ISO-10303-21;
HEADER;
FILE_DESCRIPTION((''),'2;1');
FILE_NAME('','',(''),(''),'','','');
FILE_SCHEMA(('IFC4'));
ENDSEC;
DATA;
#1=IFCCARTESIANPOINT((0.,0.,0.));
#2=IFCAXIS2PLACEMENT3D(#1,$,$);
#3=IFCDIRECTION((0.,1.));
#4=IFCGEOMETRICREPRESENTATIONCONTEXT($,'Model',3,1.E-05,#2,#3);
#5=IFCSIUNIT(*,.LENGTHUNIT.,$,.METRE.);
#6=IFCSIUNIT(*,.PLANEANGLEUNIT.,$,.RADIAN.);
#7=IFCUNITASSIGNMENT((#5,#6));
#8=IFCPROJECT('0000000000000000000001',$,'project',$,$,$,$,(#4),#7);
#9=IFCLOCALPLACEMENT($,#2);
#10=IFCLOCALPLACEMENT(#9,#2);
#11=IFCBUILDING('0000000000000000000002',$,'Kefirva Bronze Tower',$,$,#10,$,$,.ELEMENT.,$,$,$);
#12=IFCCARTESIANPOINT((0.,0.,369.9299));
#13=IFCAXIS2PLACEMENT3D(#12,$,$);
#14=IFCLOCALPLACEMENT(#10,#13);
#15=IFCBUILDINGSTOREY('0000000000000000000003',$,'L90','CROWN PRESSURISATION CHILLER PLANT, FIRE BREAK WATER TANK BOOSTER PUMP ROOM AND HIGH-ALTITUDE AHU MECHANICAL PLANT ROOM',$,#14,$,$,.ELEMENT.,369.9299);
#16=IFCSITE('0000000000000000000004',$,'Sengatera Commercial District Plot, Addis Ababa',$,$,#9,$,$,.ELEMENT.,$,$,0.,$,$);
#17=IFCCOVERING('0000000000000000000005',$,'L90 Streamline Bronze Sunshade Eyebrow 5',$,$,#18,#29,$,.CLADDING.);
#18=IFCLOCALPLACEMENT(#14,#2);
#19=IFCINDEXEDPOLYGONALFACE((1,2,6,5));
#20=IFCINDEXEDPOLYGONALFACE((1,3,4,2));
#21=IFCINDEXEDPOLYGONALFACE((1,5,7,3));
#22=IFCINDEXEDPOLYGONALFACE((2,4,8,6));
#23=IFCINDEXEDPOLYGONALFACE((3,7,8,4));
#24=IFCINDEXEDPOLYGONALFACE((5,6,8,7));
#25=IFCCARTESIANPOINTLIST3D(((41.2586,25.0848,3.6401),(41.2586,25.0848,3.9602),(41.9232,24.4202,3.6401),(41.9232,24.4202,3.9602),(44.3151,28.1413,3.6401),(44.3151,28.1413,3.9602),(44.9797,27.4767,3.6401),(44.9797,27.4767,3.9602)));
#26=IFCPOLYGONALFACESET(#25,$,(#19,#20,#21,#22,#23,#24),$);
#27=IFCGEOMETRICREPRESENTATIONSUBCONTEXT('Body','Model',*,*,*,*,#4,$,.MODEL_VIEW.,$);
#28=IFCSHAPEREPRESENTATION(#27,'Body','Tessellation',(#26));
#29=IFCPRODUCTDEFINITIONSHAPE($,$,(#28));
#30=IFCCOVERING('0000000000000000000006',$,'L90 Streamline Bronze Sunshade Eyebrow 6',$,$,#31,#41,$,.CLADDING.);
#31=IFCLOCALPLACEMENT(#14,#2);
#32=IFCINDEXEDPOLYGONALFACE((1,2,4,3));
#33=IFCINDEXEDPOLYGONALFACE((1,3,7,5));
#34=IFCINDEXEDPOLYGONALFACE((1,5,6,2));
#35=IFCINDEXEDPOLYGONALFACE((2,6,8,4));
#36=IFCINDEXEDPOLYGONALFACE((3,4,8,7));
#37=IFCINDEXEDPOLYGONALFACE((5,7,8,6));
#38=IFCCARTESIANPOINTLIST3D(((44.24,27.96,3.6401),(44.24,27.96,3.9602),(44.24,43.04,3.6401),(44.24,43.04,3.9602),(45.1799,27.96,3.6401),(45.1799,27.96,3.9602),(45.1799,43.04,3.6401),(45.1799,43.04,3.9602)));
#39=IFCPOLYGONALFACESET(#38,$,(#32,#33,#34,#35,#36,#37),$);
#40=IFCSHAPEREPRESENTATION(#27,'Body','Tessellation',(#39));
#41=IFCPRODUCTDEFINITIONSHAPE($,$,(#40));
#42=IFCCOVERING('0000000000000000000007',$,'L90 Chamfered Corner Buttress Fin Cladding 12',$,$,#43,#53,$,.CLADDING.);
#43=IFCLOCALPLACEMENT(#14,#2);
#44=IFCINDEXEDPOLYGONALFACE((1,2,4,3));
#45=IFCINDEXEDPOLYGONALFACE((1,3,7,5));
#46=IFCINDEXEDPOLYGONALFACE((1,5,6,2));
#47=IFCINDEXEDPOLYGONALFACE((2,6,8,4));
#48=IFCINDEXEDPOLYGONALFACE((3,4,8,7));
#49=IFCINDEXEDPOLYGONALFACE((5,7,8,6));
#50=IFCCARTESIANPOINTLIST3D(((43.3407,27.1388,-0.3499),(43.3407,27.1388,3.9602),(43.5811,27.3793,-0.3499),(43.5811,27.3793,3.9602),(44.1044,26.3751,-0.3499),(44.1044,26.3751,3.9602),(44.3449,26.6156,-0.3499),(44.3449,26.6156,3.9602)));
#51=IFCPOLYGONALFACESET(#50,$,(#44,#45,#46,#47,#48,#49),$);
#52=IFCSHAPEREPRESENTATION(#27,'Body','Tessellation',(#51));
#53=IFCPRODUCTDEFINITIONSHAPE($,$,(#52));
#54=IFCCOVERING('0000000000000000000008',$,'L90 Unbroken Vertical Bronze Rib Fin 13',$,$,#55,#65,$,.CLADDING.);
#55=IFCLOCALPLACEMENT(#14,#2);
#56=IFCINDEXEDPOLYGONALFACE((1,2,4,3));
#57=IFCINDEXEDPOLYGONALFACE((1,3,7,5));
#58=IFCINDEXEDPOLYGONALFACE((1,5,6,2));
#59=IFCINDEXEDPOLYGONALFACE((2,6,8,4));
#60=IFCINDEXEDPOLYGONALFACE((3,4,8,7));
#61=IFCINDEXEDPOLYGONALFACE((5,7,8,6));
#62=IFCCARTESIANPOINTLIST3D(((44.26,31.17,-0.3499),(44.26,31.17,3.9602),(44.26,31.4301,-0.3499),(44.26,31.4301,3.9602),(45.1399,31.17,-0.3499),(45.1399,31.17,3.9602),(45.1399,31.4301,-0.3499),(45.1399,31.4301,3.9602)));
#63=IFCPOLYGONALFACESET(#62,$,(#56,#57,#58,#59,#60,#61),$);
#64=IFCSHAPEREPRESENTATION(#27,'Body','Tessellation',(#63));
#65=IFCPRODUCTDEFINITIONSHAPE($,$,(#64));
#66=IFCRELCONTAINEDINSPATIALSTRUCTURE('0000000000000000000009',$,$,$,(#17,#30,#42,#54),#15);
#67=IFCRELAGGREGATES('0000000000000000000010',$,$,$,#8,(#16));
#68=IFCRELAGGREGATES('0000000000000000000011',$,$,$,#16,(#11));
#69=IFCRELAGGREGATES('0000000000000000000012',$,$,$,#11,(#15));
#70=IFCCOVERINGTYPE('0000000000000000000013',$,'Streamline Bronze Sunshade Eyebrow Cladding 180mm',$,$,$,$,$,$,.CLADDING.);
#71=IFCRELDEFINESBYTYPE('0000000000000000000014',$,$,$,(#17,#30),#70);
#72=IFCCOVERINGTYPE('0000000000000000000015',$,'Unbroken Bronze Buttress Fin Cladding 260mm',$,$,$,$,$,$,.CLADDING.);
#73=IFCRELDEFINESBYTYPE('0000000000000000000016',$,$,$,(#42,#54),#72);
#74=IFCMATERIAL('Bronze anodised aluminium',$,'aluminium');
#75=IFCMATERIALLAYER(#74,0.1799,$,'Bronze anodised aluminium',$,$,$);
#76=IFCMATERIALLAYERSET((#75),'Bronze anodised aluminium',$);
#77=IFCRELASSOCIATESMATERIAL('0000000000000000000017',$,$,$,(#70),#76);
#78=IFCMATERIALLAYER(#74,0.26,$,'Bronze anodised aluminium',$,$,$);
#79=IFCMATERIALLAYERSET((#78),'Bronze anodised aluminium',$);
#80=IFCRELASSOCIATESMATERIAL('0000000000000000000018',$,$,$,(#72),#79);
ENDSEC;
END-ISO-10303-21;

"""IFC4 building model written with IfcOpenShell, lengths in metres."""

from ifc_helpers import new_model, si_unit, direction, frame, origin, origin_2d, place, context, subcontext, project, spatial, rectangle, extrude, material, layer, layer_set, type_object, element, save


model = new_model("IFC4")

# Units and contexts
model_context = context("Model", 3, precision=1e-05, world=origin(), true_north=direction((0.0, 1.0)))
body_context = subcontext(model_context, "Body", "Model", "MODEL_VIEW")
ifc_project = project(units=[si_unit("LENGTHUNIT", "METRE"), si_unit("PLANEANGLEUNIT", "RADIAN")], contexts=[model_context])

# Site, building, storey
site_placement = place(None, origin())
site = spatial("IfcSite", under=ifc_project, at=site_placement, Name="Sengatera Commercial District Plot, Addis Ababa", CompositionType="ELEMENT", RefElevation=0.0)
building_placement = place(site_placement, origin())
building = spatial("IfcBuilding", under=site, at=building_placement, Name="Kefirva Bronze Tower", CompositionType="ELEMENT")
storey_placement = place(building_placement, frame((0.0, 0.0, 369.9299)))
storey = spatial("IfcBuildingStorey", under=building, at=storey_placement, Name="L90", Description="CROWN PRESSURISATION CHILLER PLANT, FIRE BREAK WATER TANK BOOSTER PUMP ROOM AND HIGH-ALTITUDE AHU MECHANICAL PLANT ROOM", CompositionType="ELEMENT", Elevation=369.9299)

# Shared definitions
ifc_material_1 = material(Name="Bronze anodised aluminium", Category="aluminium")

# Coverings
ifc_layer_1 = layer(ifc_material_1, 0.1799, Name="Bronze anodised aluminium")
ifc_layer_set_1 = layer_set([ifc_layer_1], Name="Bronze anodised aluminium")
covering_type_1 = type_object("IfcCoveringType", Name="Streamline Bronze Sunshade Eyebrow Cladding 180mm", PredefinedType="CLADDING", material=ifc_layer_set_1)
covering_1_placement = place(storey_placement, frame((43.1191, 26.2808, 3.6401), z_axis=(0.0, 0.0, 1.0), x_axis=(0.707107, 0.707107, 0.0)))
element("IfcCovering", 1, at=covering_1_placement, inside=storey, type_object=covering_type_1, Name="L90 Streamline Bronze Sunshade Eyebrow 5", PredefinedType="CLADDING", context=body_context, shape_type="SweptSolid", body=[
    extrude(rectangle(XDim=4.3225, YDim=0.9399, at=origin_2d()), origin(), (0.0, 0.0, 1.0), 0.3201),
])
covering_2_placement = place(storey_placement, frame((44.71, 35.5, 3.6401), z_axis=(0.0, 0.0, 1.0), x_axis=(0.0, 1.0, 0.0)))
element("IfcCovering", 2, at=covering_2_placement, inside=storey, type_object=covering_type_1, Name="L90 Streamline Bronze Sunshade Eyebrow 6", PredefinedType="CLADDING", context=body_context, shape_type="SweptSolid", body=[
    extrude(rectangle(XDim=15.0801, YDim=0.9399, at=origin_2d()), origin(), (0.0, 0.0, 1.0), 0.3201),
])
ifc_layer_2 = layer(ifc_material_1, 0.26, Name="Bronze anodised aluminium")
ifc_layer_set_2 = layer_set([ifc_layer_2], Name="Bronze anodised aluminium")
covering_type_2 = type_object("IfcCoveringType", Name="Unbroken Bronze Buttress Fin Cladding 260mm", PredefinedType="CLADDING", material=ifc_layer_set_2)
covering_3_placement = place(storey_placement, frame((43.8428, 26.8772, -0.3499), z_axis=(0.0, 0.0, 1.0), x_axis=(0.707107, 0.707107, 0.0)))
element("IfcCovering", 3, at=covering_3_placement, inside=storey, type_object=covering_type_2, Name="L90 Chamfered Corner Buttress Fin Cladding 12", PredefinedType="CLADDING", context=body_context, shape_type="SweptSolid", body=[
    extrude(rectangle(XDim=0.3401, YDim=1.0801, at=origin_2d()), origin(), (0.0, 0.0, 1.0), 4.3101),
])
covering_4_placement = place(storey_placement, frame((44.7, 31.3, -0.3499), z_axis=(0.0, 0.0, 1.0), x_axis=(0.0, 1.0, 0.0)))
element("IfcCovering", 4, at=covering_4_placement, inside=storey, type_object=covering_type_2, Name="L90 Unbroken Vertical Bronze Rib Fin 13", PredefinedType="CLADDING", context=body_context, shape_type="SweptSolid", body=[
    extrude(rectangle(XDim=0.26, YDim=0.8799, at=origin_2d()), origin(), (0.0, 0.0, 1.0), 4.3101),
])

save(model, "model.ifc")
